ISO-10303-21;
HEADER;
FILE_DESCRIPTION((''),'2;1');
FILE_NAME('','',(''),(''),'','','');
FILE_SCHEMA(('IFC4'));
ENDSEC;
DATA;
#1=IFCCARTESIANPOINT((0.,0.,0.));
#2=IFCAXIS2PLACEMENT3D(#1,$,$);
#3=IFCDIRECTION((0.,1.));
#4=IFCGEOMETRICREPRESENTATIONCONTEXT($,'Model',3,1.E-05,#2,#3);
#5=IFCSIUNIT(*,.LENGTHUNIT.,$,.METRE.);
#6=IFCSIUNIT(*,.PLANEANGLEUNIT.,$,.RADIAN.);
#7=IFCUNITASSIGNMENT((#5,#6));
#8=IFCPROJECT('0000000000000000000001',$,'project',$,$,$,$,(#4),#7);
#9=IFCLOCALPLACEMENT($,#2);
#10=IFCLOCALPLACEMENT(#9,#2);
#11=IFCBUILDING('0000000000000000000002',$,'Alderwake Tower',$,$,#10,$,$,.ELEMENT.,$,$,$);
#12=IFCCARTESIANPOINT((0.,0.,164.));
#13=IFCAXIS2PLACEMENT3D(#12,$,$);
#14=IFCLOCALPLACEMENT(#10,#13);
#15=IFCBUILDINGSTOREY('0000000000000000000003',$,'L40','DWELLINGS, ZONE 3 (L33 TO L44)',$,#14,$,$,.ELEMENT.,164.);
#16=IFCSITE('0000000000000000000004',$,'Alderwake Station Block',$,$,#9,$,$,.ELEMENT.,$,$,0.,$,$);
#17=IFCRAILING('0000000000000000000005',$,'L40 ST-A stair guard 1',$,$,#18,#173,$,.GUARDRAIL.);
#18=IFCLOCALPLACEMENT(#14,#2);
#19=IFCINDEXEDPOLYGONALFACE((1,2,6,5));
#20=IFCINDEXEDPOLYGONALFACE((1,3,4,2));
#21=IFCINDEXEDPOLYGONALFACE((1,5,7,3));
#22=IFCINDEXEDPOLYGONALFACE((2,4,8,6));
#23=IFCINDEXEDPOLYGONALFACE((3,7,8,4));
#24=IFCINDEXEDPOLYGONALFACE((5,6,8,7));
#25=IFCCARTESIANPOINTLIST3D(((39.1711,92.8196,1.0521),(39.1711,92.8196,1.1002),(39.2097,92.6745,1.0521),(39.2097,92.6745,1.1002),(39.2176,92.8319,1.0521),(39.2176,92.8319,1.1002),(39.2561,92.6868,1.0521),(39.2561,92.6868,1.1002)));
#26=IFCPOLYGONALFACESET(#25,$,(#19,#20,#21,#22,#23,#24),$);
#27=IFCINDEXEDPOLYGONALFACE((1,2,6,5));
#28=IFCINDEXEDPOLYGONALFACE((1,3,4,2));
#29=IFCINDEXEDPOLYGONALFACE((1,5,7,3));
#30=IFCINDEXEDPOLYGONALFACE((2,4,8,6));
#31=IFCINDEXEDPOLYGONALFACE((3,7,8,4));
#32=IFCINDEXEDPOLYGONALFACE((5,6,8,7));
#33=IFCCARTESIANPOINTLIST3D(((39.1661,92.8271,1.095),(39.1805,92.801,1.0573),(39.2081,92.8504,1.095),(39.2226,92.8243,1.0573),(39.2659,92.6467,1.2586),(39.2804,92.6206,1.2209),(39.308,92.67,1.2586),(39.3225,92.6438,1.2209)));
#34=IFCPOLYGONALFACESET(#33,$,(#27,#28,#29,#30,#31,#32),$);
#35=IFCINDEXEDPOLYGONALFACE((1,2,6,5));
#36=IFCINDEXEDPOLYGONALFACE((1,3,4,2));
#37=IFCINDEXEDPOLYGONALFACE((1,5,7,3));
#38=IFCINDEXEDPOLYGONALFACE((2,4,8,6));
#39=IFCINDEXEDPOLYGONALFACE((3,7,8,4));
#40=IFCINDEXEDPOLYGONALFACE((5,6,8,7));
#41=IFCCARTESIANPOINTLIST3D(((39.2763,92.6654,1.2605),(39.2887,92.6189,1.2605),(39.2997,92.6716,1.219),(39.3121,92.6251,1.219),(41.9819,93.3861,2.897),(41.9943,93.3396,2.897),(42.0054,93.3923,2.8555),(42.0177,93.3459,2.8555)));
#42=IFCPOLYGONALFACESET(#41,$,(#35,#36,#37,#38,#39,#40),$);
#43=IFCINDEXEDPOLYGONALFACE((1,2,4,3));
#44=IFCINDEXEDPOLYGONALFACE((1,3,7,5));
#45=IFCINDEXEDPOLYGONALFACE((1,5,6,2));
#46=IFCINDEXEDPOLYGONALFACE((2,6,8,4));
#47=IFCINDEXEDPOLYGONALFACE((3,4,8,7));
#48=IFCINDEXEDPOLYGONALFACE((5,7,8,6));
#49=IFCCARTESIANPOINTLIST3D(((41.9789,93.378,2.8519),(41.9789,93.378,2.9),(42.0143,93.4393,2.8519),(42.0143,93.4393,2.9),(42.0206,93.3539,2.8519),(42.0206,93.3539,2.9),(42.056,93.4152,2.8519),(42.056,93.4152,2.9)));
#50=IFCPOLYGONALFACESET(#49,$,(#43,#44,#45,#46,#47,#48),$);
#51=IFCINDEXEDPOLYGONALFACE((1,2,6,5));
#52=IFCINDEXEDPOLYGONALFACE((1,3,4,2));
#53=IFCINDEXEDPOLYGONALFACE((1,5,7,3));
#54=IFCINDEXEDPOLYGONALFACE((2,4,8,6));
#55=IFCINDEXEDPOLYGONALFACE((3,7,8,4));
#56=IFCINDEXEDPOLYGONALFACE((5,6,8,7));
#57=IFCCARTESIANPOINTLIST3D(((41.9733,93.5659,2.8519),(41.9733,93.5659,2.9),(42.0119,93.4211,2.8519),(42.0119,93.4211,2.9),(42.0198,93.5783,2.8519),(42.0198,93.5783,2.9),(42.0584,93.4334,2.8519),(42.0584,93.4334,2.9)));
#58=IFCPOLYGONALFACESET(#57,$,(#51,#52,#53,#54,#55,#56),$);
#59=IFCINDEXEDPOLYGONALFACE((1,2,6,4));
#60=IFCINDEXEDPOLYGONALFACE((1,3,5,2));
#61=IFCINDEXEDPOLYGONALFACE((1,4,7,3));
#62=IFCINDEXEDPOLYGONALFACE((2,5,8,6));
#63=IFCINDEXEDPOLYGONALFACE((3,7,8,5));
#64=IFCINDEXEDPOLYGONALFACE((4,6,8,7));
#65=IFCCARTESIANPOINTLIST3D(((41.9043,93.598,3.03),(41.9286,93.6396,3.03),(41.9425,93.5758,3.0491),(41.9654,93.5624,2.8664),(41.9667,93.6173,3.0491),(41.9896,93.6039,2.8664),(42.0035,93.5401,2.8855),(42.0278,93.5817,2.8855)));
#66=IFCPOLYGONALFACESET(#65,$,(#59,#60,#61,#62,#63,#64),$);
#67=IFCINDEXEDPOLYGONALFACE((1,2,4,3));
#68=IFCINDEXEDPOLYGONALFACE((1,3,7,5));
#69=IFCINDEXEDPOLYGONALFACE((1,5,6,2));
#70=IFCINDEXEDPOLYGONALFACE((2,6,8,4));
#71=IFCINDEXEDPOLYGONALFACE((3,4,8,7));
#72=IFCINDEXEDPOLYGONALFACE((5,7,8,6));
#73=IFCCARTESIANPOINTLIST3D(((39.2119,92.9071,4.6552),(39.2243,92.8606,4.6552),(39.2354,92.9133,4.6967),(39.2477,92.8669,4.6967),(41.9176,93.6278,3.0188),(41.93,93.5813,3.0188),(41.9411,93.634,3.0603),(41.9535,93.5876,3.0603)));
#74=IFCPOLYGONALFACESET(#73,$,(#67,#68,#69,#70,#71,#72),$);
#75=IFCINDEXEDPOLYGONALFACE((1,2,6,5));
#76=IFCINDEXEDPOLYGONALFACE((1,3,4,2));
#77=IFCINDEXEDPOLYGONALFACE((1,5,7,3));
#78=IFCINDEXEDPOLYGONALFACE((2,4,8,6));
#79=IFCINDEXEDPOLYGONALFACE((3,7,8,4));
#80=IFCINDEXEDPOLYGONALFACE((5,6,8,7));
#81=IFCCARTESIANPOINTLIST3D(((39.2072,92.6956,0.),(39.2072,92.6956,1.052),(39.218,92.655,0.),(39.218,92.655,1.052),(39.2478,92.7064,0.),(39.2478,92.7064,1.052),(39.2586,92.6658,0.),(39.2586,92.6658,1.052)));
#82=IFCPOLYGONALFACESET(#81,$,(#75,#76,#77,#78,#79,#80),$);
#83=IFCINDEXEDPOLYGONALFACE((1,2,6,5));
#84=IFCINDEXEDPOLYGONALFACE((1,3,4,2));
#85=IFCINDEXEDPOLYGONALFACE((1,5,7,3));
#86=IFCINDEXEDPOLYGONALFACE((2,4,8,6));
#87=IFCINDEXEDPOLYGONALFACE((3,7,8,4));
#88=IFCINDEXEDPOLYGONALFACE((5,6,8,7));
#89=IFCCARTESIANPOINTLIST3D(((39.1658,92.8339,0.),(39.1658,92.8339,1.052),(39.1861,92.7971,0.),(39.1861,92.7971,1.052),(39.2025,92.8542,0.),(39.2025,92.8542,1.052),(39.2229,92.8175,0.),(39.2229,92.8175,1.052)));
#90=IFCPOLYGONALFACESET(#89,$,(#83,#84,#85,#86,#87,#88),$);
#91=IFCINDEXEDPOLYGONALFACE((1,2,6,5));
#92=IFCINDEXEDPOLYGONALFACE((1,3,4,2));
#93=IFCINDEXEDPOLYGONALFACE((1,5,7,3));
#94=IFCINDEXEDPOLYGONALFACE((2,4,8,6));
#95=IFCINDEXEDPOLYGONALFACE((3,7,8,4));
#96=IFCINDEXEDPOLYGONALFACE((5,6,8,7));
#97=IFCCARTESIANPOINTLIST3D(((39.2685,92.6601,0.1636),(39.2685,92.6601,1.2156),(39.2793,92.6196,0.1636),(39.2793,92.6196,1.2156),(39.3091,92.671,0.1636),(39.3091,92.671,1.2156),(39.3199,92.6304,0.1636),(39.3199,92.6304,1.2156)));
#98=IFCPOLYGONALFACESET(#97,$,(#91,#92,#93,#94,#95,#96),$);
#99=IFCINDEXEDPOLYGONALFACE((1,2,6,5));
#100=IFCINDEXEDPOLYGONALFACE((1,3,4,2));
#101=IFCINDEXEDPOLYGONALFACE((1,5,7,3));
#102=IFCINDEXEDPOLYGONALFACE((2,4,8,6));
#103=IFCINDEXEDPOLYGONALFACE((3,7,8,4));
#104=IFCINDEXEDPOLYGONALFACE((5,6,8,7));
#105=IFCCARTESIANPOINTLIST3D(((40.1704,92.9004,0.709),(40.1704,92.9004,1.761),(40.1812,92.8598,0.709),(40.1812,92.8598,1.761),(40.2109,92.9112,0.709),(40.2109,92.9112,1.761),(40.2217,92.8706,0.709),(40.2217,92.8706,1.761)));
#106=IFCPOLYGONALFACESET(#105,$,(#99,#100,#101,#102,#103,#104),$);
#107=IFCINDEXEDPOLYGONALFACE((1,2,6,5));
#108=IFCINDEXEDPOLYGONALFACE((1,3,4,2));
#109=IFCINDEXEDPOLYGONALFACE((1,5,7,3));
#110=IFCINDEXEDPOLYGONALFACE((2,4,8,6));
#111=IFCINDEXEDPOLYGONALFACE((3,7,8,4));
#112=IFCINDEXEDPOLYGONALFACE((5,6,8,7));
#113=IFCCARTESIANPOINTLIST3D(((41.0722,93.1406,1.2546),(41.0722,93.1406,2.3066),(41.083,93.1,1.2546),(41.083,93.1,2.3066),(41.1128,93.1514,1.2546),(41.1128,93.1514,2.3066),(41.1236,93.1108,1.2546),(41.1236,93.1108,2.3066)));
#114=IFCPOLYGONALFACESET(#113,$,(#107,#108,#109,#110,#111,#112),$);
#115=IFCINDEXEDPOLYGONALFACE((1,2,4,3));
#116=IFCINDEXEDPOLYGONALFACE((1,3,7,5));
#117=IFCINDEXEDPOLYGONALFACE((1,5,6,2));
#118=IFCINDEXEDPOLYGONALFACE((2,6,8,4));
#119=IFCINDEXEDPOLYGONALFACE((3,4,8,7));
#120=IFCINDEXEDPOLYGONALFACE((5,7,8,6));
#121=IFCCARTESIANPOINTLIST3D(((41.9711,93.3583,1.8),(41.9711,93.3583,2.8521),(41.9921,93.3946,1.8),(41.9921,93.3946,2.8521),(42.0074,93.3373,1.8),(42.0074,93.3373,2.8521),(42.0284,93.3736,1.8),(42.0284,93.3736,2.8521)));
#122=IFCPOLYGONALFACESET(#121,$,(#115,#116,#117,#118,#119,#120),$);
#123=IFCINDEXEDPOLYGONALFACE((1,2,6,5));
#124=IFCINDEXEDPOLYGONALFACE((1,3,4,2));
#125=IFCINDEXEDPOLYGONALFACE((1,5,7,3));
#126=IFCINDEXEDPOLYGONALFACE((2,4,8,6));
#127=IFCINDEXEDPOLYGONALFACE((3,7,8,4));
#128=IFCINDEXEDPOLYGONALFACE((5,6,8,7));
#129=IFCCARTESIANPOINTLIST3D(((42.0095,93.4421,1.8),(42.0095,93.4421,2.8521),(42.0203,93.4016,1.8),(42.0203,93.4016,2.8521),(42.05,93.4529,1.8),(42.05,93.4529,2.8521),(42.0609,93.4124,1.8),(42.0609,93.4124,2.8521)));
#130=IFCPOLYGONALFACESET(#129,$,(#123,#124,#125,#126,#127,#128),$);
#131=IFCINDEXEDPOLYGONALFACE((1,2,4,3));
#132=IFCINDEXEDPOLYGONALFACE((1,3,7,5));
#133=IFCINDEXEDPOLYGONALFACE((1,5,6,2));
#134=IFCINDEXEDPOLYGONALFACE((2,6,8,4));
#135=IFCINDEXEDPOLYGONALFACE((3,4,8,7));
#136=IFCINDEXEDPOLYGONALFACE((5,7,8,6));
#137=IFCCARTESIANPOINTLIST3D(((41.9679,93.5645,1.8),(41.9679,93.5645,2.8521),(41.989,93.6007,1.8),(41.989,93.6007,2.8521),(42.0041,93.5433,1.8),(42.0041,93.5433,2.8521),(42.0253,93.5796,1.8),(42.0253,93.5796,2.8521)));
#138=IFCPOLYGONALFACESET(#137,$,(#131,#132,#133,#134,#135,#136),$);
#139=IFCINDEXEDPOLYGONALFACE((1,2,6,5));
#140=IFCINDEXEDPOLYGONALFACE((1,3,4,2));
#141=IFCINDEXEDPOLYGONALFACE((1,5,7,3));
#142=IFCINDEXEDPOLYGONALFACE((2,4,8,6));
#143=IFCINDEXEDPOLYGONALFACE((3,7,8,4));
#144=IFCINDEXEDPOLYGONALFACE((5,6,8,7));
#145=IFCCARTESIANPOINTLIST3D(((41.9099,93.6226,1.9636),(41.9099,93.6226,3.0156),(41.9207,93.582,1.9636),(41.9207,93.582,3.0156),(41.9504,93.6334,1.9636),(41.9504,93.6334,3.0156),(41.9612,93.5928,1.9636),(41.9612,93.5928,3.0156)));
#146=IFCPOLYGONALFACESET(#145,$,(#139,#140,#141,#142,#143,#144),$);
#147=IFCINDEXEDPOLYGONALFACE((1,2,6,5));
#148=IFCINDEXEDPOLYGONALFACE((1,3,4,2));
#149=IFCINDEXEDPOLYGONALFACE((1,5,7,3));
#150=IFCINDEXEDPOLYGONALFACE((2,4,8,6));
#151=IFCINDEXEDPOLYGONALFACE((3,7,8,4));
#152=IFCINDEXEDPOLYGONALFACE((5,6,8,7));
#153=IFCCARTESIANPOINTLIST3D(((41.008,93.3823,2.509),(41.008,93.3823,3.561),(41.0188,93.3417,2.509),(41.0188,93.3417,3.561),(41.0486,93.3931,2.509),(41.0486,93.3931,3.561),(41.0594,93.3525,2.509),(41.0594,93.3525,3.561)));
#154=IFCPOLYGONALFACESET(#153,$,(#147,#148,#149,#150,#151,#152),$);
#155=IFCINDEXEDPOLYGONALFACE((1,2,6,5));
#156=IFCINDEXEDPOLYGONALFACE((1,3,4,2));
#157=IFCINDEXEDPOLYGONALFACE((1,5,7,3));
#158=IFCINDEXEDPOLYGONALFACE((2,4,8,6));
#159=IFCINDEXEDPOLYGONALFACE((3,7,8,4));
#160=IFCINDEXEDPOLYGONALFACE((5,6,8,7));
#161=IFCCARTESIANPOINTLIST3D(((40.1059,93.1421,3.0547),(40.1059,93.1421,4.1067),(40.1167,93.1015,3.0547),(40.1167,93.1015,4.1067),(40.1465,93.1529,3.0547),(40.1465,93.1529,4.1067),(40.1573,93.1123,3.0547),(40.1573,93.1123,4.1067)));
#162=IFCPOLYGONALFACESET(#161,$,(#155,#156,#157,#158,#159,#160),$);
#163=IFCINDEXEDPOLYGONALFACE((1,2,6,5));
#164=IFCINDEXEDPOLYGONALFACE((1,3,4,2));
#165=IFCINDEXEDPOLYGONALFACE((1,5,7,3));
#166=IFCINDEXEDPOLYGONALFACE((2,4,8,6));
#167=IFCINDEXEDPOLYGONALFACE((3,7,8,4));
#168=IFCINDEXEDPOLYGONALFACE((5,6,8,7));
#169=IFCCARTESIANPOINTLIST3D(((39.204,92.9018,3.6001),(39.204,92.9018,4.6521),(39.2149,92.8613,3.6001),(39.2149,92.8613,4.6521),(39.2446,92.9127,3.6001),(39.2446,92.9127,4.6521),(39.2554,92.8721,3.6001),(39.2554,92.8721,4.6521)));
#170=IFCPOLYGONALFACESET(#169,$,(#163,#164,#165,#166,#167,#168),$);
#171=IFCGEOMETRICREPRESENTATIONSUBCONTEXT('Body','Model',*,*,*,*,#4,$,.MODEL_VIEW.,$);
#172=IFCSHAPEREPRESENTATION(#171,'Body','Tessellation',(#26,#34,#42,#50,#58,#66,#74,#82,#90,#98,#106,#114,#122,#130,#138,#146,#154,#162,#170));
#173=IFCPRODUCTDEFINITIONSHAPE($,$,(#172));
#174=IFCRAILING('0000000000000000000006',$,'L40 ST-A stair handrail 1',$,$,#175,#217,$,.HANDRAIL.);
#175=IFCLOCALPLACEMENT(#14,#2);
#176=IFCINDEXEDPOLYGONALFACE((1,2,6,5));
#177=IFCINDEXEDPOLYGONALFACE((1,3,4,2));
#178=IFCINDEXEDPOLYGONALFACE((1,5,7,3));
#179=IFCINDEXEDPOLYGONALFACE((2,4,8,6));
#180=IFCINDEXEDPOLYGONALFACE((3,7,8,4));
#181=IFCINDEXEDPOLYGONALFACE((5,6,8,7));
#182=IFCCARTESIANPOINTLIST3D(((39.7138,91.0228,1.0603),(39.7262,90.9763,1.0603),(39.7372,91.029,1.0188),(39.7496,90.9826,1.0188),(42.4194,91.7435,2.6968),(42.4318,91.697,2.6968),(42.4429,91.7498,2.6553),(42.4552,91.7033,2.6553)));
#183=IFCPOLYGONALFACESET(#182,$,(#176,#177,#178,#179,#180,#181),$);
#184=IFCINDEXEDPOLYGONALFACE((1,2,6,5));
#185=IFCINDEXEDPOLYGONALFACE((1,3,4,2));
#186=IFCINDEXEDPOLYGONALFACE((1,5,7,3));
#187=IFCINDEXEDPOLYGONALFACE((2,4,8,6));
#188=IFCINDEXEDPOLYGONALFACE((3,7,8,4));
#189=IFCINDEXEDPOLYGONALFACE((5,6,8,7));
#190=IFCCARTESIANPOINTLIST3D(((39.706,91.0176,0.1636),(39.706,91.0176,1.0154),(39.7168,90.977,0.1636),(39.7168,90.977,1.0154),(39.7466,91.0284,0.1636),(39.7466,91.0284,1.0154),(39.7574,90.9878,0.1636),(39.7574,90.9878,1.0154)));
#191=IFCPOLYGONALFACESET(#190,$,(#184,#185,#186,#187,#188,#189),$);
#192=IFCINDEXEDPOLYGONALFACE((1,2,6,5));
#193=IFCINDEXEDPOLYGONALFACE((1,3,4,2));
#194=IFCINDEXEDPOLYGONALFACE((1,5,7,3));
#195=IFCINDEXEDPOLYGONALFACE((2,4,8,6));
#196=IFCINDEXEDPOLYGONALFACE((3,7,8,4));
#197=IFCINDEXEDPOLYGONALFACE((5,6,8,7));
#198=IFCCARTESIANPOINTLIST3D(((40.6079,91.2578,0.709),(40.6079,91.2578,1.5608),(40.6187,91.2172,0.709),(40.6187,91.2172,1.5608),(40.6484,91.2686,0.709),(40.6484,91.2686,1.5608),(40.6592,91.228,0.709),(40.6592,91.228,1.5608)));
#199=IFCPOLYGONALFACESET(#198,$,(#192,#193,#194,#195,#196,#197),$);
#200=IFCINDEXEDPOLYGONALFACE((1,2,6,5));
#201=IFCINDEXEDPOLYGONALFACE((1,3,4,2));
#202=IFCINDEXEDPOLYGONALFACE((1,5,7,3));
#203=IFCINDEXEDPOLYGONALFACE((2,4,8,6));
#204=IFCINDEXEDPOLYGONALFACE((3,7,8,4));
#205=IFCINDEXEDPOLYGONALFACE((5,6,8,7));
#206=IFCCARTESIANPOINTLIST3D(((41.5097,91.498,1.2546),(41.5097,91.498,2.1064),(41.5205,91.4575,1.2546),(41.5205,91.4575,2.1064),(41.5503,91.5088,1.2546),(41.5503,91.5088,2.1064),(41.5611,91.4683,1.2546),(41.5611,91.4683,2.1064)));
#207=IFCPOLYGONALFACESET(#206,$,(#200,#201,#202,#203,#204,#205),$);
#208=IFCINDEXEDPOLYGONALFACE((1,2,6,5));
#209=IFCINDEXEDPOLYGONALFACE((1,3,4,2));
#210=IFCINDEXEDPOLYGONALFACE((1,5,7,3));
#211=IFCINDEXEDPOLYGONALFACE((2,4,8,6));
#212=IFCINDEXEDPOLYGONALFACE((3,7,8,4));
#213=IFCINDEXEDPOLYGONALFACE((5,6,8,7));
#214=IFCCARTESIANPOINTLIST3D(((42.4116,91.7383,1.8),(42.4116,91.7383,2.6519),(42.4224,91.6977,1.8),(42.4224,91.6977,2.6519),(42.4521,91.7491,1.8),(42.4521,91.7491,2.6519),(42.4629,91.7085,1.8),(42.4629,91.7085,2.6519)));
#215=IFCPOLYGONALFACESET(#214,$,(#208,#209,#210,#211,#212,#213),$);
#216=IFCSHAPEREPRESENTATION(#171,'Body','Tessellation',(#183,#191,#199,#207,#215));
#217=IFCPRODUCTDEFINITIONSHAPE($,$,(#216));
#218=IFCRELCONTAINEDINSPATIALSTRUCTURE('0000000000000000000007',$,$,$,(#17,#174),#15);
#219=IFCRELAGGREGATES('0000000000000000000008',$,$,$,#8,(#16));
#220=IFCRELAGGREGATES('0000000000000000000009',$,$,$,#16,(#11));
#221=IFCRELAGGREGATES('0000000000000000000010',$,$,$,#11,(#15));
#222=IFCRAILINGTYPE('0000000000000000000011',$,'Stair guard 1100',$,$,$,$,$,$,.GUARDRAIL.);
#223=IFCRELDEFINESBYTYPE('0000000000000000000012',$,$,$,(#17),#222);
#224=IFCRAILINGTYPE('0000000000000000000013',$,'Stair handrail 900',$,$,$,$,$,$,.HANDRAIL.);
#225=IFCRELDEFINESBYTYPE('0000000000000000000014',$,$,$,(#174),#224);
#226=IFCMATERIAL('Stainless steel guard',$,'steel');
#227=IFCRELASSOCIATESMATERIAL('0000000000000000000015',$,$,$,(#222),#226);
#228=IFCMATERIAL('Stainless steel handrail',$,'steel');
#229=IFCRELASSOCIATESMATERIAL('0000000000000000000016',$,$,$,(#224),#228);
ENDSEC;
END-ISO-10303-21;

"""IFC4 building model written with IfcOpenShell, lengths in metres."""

from ifc_helpers import new_model, si_unit, direction, frame, origin, origin_2d, place, context, subcontext, project, spatial, rectangle, extrude, material, type_object, element, save


model = new_model("IFC4")

# Units and contexts
model_context = context("Model", 3, precision=1e-05, world=origin(), true_north=direction((0.0, 1.0)))
body_context = subcontext(model_context, "Body", "Model", "MODEL_VIEW")
ifc_project = project(units=[si_unit("LENGTHUNIT", "METRE"), si_unit("PLANEANGLEUNIT", "RADIAN")], contexts=[model_context])

# Site, building, storey
site_placement = place(None, origin())
site = spatial("IfcSite", under=ifc_project, at=site_placement, Name="Alderwake Station Block", CompositionType="ELEMENT", RefElevation=0.0)
building_placement = place(site_placement, origin())
building = spatial("IfcBuilding", under=site, at=building_placement, Name="Alderwake Tower", CompositionType="ELEMENT")
storey_placement = place(building_placement, frame((0.0, 0.0, 164.0)))
storey = spatial("IfcBuildingStorey", under=building, at=storey_placement, Name="L40", Description="DWELLINGS, ZONE 3 (L33 TO L44)", CompositionType="ELEMENT", Elevation=164.0)

# Railings
ifc_material_1 = material(Name="Stainless steel guard", Category="steel")
railing_type_1 = type_object("IfcRailingType", Name="Stair guard 1100", PredefinedType="GUARDRAIL", material=ifc_material_1)
railing_1_placement = place(storey_placement, frame((39.2329, 92.6807, 0.0)))
element("IfcRailing", 1, at=railing_1_placement, inside=storey, type_object=railing_type_1, Name="L40 ST-A stair guard 1", PredefinedType="GUARDRAIL", context=body_context, shape_type="SweptSolid", body=[
    extrude(rectangle(XDim=0.0481, YDim=0.0481, at=origin_2d()), frame((0.0, 0.0, 1.0762), z_axis=(-0.257055, 0.966397, 0.0), x_axis=(-0.966397, -0.257055, 0.0)), (0.0, 0.0, 1.0), 0.1501),
    extrude(rectangle(XDim=0.0481, YDim=0.0481, at=origin_2d()), frame((-0.0386, 0.145, 1.0762), z_axis=(0.379371, -0.685464, 0.621463), x_axis=(0.874938, 0.484235, 0.0)), (0.0, 0.0, 1.0), 0.2632),
    extrude(rectangle(XDim=0.0481, YDim=0.0481, at=origin_2d()), frame((0.0613, -0.0354, 1.2397), z_axis=(0.834259, 0.222228, 0.504605), x_axis=(-0.257402, 0.966304, 0.0)), (0.0, 0.0, 1.0), 3.2432),
    extrude(rectangle(XDim=0.0481, YDim=0.0481, at=origin_2d()), frame((2.7668, 0.6853, 2.876), z_axis=(0.50022, 0.865898, 0.0), x_axis=(-0.865898, 0.50022, 0.0)), (0.0, 0.0, 1.0), 0.0708),
    extrude(rectangle(XDim=0.0481, YDim=0.0481, at=origin_2d()), frame((2.8022, 0.7466, 2.876), z_axis=(-0.25746, 0.966289, 0.0), x_axis=(-0.966289, -0.25746, 0.0)), (0.0, 0.0, 1.0), 0.1499),
    extrude(rectangle(XDim=0.0481, YDim=0.0481, at=origin_2d()), frame((2.7637, 0.8914, 2.876), z_axis=(-0.342525, 0.200035, 0.917967), x_axis=(-0.5043, -0.863528, 0.0)), (0.0, 0.0, 1.0), 0.1782),
    extrude(rectangle(XDim=0.0481, YDim=0.0481, at=origin_2d()), frame((2.7026, 0.927, 3.0396), z_axis=(-0.834282, -0.222214, 0.504574), x_axis=(0.25738, -0.96631, 0.0)), (0.0, 0.0, 1.0), 3.2432),
    extrude(rectangle(XDim=0.042, YDim=0.042, at=origin_2d()), frame((0.0, 0.0, 0.0), z_axis=(0.0, 0.0, 1.0), x_axis=(-0.257055, 0.966397, 0.0)), (0.0, 0.0, 1.0), 1.052),
    extrude(rectangle(XDim=0.042, YDim=0.042, at=origin_2d()), frame((-0.0386, 0.145, 0.0), z_axis=(0.0, 0.0, 1.0), x_axis=(0.484235, -0.874938, 0.0)), (0.0, 0.0, 1.0), 1.052),
    extrude(rectangle(XDim=0.042, YDim=0.042, at=origin_2d()), frame((0.0613, -0.0354, 0.1636), z_axis=(0.0, 0.0, 1.0), x_axis=(0.966304, 0.257402, 0.0)), (0.0, 0.0, 1.0), 1.052),
    extrude(rectangle(XDim=0.042, YDim=0.042, at=origin_2d()), frame((0.9631, 0.2048, 0.709), z_axis=(0.0, 0.0, 1.0), x_axis=(0.966304, 0.257402, 0.0)), (0.0, 0.0, 1.0), 1.052),
    extrude(rectangle(XDim=0.042, YDim=0.042, at=origin_2d()), frame((1.865, 0.4451, 1.2546), z_axis=(0.0, 0.0, 1.0), x_axis=(0.966304, 0.257402, 0.0)), (0.0, 0.0, 1.0), 1.052),
    extrude(rectangle(XDim=0.042, YDim=0.042, at=origin_2d()), frame((2.7668, 0.6853, 1.8), z_axis=(0.0, 0.0, 1.0), x_axis=(0.50022, 0.865898, 0.0)), (0.0, 0.0, 1.0), 1.052),
    extrude(rectangle(XDim=0.042, YDim=0.042, at=origin_2d()), frame((2.8022, 0.7466, 1.8), z_axis=(0.0, 0.0, 1.0), x_axis=(-0.25746, 0.966289, 0.0)), (0.0, 0.0, 1.0), 1.052),
    extrude(rectangle(XDim=0.042, YDim=0.042, at=origin_2d()), frame((2.7637, 0.8914, 1.8), z_axis=(0.0, 0.0, 1.0), x_axis=(-0.863528, 0.5043, 0.0)), (0.0, 0.0, 1.0), 1.052),
    extrude(rectangle(XDim=0.042, YDim=0.042, at=origin_2d()), frame((2.7026, 0.927, 1.9636), z_axis=(0.0, 0.0, 1.0), x_axis=(-0.96631, -0.25738, 0.0)), (0.0, 0.0, 1.0), 1.052),
    extrude(rectangle(XDim=0.042, YDim=0.042, at=origin_2d()), frame((1.8008, 0.6868, 2.509), z_axis=(0.0, 0.0, 1.0), x_axis=(-0.96631, -0.25738, 0.0)), (0.0, 0.0, 1.0), 1.052),
    extrude(rectangle(XDim=0.042, YDim=0.042, at=origin_2d()), frame((0.8987, 0.4465, 3.0547), z_axis=(0.0, 0.0, 1.0), x_axis=(-0.96631, -0.25738, 0.0)), (0.0, 0.0, 1.0), 1.052),
    extrude(rectangle(XDim=0.042, YDim=0.042, at=origin_2d()), frame((-0.0032, 0.2063, 3.6001), z_axis=(0.0, 0.0, 1.0), x_axis=(-0.96631, -0.25738, 0.0)), (0.0, 0.0, 1.0), 1.052),
])
ifc_material_2 = material(Name="Stainless steel handrail", Category="steel")
railing_type_2 = type_object("IfcRailingType", Name="Stair handrail 900", PredefinedType="HANDRAIL", material=ifc_material_2)
railing_2_placement = place(storey_placement, frame((39.7317, 91.0027, 0.1636)))
element("IfcRailing", 2, at=railing_2_placement, inside=storey, type_object=railing_type_2, Name="L40 ST-A stair handrail 1", PredefinedType="HANDRAIL", context=body_context, shape_type="SweptSolid", body=[
    extrude(rectangle(XDim=0.0481, YDim=0.0481, at=origin_2d()), frame((0.0, 0.0, 0.876), z_axis=(0.834259, 0.222228, 0.504605), x_axis=(-0.257402, 0.966304, 0.0)), (0.0, 0.0, 1.0), 3.2432),
    extrude(rectangle(XDim=0.042, YDim=0.042, at=origin_2d()), frame((0.0, 0.0, 0.0), z_axis=(0.0, 0.0, 1.0), x_axis=(0.966304, 0.257402, 0.0)), (0.0, 0.0, 1.0), 0.8518),
    extrude(rectangle(XDim=0.042, YDim=0.042, at=origin_2d()), frame((0.9019, 0.2402, 0.5454), z_axis=(0.0, 0.0, 1.0), x_axis=(0.966304, 0.257402, 0.0)), (0.0, 0.0, 1.0), 0.8518),
    extrude(rectangle(XDim=0.042, YDim=0.042, at=origin_2d()), frame((1.8037, 0.4805, 1.0911), z_axis=(0.0, 0.0, 1.0), x_axis=(0.966304, 0.257402, 0.0)), (0.0, 0.0, 1.0), 0.8518),
    extrude(rectangle(XDim=0.042, YDim=0.042, at=origin_2d()), frame((2.7056, 0.7207, 1.6365), z_axis=(0.0, 0.0, 1.0), x_axis=(0.966304, 0.257402, 0.0)), (0.0, 0.0, 1.0), 0.8518),
])

save(model, "model.ifc")
